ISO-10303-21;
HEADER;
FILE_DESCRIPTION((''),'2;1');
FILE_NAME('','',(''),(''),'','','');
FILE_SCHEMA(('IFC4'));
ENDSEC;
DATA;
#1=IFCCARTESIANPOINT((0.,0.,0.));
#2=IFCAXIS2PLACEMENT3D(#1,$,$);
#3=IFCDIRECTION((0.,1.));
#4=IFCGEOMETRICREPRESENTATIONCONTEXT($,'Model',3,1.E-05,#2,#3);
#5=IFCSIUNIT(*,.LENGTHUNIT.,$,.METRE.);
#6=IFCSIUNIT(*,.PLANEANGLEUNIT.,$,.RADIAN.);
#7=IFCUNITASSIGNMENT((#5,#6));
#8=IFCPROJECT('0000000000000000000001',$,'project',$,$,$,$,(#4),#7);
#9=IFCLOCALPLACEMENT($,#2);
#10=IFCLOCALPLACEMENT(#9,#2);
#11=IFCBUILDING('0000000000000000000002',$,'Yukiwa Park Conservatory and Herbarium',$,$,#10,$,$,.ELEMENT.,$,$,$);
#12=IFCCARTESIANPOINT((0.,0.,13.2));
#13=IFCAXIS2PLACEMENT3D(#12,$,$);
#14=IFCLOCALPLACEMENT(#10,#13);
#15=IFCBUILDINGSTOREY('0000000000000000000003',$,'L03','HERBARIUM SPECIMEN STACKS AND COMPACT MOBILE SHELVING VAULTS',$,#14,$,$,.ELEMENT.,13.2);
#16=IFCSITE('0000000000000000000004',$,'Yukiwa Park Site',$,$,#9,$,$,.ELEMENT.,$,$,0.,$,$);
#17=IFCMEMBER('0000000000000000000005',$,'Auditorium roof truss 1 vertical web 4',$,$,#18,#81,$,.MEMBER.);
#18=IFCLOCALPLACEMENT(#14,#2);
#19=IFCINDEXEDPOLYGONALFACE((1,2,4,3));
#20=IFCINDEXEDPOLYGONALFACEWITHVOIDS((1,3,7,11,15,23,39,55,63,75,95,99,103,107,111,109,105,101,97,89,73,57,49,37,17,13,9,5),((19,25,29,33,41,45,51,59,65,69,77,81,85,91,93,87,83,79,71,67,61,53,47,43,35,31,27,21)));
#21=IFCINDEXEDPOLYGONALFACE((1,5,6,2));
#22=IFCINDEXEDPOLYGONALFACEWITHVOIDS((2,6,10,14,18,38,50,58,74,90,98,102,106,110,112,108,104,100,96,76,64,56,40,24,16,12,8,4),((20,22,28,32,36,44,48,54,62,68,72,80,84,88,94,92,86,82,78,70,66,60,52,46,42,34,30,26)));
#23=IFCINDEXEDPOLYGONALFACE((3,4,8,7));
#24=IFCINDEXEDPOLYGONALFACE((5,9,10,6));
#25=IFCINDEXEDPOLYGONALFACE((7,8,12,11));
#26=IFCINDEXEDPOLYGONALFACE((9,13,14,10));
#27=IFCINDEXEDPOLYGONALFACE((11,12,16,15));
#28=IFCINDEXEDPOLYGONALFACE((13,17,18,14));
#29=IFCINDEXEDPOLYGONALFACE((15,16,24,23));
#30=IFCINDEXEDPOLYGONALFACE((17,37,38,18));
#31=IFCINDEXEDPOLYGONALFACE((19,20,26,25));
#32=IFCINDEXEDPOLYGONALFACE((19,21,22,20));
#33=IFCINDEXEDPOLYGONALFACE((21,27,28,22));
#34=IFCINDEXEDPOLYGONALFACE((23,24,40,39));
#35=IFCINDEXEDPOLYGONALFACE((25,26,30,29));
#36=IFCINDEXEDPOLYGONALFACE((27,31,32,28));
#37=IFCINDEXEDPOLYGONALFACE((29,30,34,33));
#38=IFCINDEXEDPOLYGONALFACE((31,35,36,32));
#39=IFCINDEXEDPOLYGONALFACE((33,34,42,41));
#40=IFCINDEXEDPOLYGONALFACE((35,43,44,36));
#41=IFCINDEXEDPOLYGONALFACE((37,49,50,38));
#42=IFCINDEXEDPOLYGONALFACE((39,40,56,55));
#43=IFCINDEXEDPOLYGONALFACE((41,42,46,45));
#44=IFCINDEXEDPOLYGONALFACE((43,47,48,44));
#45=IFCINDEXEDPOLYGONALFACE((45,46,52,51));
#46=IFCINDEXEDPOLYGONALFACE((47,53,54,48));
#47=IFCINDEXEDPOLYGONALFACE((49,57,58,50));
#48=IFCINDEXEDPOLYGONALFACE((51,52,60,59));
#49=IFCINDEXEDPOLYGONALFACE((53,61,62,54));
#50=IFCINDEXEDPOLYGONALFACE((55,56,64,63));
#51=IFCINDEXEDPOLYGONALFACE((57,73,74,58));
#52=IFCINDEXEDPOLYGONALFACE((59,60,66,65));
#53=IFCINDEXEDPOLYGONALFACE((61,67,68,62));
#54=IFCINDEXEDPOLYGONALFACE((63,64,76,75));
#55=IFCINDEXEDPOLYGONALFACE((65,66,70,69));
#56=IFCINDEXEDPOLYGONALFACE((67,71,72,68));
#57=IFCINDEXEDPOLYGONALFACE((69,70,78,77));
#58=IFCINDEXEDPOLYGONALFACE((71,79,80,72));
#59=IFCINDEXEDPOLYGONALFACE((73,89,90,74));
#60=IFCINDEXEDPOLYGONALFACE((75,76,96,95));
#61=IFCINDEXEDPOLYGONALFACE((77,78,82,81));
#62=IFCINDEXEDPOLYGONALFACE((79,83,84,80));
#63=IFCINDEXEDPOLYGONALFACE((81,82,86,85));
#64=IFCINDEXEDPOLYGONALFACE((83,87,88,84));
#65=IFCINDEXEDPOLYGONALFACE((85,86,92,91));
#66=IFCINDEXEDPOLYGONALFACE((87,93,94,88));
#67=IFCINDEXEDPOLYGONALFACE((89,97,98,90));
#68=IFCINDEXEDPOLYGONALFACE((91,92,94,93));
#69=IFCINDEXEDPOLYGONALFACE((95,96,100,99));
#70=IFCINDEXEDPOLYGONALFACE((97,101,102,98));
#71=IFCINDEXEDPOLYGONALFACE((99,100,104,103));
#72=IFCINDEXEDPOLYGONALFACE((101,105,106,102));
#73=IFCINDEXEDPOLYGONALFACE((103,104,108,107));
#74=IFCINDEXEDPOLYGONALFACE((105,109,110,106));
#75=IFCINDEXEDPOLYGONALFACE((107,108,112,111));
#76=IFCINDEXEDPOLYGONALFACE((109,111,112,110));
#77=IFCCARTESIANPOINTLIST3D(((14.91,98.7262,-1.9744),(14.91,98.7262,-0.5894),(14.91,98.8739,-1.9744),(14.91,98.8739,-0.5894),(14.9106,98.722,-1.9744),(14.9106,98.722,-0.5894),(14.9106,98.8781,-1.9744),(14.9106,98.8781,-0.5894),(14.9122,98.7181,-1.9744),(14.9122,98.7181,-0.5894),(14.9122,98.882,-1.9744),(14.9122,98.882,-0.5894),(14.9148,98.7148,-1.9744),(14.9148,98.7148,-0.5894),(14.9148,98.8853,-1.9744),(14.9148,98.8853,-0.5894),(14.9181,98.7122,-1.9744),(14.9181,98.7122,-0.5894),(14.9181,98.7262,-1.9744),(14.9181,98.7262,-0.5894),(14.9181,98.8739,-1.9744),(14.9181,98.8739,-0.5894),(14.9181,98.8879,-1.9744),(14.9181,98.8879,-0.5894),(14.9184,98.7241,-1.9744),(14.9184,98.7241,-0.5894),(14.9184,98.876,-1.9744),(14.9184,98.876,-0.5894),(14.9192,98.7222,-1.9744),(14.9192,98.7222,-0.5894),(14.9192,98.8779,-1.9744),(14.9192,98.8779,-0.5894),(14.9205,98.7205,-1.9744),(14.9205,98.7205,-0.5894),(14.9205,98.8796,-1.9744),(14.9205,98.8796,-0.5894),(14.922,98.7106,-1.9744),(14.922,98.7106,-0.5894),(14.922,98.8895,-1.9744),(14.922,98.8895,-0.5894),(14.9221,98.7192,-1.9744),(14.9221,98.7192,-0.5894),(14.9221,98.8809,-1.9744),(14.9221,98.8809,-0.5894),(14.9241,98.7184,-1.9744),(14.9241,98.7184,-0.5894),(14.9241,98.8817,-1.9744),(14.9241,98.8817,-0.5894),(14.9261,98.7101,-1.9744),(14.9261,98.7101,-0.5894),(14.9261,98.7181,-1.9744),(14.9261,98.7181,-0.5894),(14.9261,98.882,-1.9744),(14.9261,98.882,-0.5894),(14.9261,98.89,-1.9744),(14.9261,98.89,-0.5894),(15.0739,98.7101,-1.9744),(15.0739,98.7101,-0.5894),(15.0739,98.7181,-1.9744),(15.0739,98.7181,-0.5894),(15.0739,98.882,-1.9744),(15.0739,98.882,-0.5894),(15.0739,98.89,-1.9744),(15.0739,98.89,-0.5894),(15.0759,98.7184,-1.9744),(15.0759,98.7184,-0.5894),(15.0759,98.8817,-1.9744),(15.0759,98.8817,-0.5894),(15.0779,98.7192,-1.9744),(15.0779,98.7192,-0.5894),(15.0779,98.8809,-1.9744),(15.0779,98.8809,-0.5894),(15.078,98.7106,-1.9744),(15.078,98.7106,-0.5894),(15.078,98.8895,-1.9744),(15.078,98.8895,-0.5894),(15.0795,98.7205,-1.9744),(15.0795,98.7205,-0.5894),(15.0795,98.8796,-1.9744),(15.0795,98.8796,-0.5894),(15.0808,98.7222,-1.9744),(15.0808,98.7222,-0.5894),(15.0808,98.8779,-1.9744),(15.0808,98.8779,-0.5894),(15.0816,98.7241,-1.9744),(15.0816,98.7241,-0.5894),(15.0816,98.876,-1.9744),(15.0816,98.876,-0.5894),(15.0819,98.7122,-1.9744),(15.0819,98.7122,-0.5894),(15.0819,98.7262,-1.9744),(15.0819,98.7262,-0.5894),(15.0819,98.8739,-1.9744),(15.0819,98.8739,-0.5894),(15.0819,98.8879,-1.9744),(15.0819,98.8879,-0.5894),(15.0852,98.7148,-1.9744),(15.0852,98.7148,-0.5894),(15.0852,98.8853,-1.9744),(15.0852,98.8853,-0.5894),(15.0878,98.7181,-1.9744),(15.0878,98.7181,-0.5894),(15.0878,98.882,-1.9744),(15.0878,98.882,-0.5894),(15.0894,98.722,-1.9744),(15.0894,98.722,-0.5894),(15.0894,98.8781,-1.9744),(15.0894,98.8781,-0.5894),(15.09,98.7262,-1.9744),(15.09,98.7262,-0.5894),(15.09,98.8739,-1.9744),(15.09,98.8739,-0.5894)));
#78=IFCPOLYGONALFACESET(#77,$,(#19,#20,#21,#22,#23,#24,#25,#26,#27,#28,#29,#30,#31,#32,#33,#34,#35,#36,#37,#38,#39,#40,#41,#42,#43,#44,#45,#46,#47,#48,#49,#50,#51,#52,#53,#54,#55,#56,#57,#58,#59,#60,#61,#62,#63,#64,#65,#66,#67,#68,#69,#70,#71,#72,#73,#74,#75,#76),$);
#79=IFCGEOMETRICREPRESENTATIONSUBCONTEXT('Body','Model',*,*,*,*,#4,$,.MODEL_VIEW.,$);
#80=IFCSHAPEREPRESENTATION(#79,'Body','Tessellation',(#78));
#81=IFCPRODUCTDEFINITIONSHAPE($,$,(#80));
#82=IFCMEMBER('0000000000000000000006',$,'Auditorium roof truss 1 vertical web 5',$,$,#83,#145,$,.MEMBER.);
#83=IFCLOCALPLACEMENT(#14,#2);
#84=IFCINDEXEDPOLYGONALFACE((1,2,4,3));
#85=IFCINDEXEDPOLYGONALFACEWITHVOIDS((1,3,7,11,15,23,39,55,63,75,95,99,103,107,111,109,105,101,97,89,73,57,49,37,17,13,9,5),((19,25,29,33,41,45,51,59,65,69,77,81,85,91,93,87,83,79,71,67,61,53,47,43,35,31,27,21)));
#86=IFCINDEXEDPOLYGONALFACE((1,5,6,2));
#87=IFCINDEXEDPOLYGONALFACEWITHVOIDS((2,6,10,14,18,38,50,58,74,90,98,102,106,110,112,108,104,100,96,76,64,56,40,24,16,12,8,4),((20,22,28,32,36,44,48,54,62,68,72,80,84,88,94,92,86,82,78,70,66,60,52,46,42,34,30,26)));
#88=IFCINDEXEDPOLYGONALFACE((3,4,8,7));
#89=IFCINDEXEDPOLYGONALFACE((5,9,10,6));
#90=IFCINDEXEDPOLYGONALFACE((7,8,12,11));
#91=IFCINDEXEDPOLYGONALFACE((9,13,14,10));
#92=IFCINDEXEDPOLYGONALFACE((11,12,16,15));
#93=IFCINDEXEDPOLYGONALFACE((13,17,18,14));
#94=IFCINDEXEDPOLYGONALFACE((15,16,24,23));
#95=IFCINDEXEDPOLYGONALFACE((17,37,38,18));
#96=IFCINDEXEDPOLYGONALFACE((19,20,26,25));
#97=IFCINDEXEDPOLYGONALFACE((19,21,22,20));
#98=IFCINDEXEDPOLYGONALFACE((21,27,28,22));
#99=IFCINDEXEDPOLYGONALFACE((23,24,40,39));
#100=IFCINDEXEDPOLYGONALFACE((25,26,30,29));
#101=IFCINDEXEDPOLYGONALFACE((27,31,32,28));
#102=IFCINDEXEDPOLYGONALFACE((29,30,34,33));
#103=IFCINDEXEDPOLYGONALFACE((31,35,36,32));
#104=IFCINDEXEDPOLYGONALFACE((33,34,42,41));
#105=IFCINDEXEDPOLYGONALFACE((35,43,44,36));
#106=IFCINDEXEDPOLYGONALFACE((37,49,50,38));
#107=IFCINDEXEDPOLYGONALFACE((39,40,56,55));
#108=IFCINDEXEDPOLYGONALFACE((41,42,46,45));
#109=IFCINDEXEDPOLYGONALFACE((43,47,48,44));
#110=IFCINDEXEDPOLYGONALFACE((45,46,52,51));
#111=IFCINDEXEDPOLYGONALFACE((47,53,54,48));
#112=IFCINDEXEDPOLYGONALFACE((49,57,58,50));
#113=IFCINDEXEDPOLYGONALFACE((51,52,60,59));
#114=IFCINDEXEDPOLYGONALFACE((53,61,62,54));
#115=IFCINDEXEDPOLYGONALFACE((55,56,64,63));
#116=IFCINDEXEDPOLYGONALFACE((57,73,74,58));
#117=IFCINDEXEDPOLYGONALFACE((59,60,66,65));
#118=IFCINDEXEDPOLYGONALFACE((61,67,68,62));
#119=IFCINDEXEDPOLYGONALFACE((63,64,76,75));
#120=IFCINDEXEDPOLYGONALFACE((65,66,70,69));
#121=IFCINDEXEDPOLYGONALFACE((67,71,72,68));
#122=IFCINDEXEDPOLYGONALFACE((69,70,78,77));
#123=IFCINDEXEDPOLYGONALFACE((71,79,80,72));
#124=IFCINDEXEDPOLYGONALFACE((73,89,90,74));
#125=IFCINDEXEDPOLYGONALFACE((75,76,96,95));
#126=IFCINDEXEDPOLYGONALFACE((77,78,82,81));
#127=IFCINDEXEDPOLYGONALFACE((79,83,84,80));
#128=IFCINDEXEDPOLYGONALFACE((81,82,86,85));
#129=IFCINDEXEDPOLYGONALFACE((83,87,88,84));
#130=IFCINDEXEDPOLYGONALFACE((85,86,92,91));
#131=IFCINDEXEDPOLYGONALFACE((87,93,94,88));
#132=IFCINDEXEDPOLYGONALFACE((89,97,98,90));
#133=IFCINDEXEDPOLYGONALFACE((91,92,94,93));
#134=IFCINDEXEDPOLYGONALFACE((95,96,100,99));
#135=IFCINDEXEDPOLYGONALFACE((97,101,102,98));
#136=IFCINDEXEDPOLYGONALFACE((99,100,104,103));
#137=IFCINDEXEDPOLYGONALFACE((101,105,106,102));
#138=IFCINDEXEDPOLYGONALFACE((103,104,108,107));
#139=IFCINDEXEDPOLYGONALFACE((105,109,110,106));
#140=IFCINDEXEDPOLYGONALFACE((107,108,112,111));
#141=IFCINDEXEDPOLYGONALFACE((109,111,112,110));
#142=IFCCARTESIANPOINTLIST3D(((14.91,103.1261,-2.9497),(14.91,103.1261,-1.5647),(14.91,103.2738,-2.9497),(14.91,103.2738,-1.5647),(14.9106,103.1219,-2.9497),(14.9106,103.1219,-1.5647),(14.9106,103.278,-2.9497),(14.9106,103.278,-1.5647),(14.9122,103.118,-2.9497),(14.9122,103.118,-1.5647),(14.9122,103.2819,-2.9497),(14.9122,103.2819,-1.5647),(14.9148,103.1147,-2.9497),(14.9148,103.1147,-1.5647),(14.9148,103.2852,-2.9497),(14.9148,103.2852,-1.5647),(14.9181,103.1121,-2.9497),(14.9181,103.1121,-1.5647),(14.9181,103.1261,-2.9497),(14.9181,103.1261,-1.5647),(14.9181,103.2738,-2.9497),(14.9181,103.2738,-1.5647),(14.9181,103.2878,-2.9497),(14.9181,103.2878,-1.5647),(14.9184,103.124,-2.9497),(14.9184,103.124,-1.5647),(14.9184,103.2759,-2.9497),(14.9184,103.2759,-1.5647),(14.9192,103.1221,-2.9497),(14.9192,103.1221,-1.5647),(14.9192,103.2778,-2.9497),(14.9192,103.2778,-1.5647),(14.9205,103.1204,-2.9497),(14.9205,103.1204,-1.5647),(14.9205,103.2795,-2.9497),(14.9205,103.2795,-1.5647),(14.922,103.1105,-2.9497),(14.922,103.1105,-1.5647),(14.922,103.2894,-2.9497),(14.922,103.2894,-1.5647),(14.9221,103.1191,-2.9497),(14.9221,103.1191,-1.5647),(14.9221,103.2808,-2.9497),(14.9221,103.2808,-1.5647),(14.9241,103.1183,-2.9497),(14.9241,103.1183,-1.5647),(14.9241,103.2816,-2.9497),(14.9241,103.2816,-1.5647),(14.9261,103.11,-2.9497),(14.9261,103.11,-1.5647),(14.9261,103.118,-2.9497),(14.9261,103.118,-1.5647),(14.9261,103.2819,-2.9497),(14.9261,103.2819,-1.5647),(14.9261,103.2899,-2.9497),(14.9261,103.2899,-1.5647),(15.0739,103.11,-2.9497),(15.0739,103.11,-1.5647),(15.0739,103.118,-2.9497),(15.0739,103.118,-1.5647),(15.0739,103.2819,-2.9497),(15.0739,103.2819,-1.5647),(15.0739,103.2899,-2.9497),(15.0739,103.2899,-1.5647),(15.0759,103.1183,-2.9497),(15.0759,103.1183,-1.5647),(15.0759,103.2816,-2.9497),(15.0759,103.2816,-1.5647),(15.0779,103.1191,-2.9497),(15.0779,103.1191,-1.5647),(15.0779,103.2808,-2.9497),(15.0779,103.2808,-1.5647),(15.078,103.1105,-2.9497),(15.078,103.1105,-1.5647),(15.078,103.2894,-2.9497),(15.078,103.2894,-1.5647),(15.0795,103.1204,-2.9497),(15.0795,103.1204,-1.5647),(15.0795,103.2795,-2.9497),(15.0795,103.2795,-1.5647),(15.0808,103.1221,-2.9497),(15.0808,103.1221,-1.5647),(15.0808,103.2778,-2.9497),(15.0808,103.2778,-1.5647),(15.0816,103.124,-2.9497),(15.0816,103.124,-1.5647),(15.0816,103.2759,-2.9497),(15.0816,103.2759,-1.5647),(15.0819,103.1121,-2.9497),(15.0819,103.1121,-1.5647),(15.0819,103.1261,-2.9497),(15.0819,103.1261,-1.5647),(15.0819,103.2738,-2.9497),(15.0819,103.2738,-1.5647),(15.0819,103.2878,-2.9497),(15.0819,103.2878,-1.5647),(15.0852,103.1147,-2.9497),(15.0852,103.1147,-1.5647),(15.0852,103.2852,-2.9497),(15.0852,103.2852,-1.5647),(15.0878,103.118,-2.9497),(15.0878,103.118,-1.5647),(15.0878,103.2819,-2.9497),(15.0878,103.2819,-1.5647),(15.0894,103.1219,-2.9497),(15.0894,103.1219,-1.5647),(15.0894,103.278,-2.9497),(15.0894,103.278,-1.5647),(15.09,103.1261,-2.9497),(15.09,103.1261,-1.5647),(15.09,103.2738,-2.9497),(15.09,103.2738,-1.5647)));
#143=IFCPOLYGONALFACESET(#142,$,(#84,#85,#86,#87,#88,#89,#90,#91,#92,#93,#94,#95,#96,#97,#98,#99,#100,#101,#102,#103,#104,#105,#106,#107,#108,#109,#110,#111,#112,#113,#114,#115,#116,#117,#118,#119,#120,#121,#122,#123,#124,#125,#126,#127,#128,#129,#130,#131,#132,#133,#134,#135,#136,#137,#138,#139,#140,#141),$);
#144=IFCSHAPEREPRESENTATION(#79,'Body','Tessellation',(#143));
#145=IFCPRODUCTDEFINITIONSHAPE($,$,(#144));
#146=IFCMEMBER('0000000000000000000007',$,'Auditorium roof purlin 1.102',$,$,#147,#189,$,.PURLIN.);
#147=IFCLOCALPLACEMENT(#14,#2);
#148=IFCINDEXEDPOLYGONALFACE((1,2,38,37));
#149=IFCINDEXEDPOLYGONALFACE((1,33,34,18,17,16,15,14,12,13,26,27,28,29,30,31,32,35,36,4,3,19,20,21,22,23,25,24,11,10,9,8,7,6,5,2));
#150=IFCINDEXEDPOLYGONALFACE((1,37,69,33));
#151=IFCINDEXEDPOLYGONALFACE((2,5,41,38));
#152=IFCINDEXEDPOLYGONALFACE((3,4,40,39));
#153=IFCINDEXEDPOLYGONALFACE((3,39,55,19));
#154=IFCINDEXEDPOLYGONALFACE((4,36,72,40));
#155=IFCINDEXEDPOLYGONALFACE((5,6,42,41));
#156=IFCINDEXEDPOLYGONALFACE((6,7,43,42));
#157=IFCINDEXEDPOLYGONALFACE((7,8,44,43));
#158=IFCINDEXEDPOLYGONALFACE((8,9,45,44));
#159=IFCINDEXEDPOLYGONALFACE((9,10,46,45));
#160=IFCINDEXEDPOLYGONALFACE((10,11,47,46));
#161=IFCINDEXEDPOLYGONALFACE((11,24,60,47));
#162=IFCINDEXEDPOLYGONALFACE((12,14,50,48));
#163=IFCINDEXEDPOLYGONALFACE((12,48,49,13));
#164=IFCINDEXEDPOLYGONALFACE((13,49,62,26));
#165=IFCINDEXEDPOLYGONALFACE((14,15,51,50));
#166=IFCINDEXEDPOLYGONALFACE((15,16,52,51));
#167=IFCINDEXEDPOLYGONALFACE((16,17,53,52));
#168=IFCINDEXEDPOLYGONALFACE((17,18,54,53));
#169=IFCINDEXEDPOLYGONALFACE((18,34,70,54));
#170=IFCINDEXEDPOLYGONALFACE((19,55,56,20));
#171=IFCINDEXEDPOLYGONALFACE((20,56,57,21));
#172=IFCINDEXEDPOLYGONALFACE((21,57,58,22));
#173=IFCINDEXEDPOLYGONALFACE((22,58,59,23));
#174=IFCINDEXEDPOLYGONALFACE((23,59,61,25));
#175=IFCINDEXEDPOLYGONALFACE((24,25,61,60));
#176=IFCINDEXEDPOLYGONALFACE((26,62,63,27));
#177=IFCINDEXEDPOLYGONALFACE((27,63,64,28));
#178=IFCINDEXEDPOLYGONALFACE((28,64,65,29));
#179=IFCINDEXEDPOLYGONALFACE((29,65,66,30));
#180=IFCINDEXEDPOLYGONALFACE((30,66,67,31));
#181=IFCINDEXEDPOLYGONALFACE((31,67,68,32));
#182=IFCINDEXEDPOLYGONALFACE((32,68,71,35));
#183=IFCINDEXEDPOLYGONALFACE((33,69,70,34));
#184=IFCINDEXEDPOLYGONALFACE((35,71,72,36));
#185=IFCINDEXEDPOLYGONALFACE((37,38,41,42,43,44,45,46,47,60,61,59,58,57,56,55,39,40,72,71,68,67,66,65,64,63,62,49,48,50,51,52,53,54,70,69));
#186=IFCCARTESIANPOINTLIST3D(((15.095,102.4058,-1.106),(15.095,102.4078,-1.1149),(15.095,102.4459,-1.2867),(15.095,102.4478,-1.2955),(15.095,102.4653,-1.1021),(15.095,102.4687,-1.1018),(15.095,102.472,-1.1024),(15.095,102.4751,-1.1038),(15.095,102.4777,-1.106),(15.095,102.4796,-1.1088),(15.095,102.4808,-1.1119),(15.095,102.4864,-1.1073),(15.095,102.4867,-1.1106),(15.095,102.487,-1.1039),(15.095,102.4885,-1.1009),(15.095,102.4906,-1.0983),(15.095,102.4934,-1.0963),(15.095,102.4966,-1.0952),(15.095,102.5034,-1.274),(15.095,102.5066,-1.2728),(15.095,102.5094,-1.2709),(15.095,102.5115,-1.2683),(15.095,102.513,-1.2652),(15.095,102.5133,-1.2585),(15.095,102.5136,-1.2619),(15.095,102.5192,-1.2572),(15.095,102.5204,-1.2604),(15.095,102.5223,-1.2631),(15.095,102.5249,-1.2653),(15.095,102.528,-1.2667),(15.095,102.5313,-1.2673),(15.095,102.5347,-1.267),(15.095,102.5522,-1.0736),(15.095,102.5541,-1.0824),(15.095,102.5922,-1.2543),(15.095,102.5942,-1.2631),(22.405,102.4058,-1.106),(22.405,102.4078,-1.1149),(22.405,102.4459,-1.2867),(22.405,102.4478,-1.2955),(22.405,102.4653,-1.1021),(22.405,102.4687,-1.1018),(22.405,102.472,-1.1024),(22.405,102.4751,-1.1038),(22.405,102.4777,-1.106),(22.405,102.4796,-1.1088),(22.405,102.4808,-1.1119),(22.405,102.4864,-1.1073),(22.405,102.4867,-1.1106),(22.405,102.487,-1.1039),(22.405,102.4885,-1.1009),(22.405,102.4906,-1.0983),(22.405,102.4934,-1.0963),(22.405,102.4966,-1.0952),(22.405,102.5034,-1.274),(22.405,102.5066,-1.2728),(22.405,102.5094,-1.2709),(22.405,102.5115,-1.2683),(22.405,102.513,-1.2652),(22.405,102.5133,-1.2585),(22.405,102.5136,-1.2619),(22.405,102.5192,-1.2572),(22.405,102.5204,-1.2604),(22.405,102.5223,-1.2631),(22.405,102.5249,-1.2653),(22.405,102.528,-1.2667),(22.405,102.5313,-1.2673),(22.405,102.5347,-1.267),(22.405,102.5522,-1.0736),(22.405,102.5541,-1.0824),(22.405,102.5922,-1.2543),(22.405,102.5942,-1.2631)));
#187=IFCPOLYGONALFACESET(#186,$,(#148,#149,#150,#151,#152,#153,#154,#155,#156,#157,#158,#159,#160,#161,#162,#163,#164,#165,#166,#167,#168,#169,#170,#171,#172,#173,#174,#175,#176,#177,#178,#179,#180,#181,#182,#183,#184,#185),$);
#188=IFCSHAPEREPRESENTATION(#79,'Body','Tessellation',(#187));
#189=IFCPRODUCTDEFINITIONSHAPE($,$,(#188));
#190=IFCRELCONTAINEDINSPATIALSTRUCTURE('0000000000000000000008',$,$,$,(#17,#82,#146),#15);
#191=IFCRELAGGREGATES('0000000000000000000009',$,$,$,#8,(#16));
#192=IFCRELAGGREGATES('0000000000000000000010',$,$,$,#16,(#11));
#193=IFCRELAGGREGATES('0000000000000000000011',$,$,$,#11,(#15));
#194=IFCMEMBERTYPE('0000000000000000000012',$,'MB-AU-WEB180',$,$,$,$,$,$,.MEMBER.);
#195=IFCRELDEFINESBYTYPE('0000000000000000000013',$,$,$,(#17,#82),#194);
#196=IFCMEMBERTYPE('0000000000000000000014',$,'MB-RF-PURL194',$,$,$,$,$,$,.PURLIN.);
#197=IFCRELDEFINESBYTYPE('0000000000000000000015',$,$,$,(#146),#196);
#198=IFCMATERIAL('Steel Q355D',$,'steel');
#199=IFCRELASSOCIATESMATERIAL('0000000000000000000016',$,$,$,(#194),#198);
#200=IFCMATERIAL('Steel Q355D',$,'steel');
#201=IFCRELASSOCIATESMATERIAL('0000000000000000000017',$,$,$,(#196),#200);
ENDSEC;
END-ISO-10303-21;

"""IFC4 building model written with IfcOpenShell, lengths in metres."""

from ifc_helpers import new_model, si_unit, direction, frame, origin, origin_2d, place, context, subcontext, project, spatial, hollow_rectangle, i_section, extrude, material, material_profile, profile_set, type_object, element, save


model = new_model("IFC4")

# Units and contexts
model_context = context("Model", 3, precision=1e-05, world=origin(), true_north=direction((0.0, 1.0)))
body_context = subcontext(model_context, "Body", "Model", "MODEL_VIEW")
ifc_project = project(units=[si_unit("LENGTHUNIT", "METRE"), si_unit("PLANEANGLEUNIT", "RADIAN")], contexts=[model_context])

# Site, building, storey
site_placement = place(None, origin())
site = spatial("IfcSite", under=ifc_project, at=site_placement, Name="Yukiwa Park Site", CompositionType="ELEMENT", RefElevation=0.0)
building_placement = place(site_placement, origin())
building = spatial("IfcBuilding", under=site, at=building_placement, Name="Yukiwa Park Conservatory and Herbarium", CompositionType="ELEMENT")
storey_placement = place(building_placement, frame((0.0, 0.0, 13.2)))
storey = spatial("IfcBuildingStorey", under=building, at=storey_placement, Name="L03", Description="HERBARIUM SPECIMEN STACKS AND COMPACT MOBILE SHELVING VAULTS", CompositionType="ELEMENT", Elevation=13.2)

# Members
ifc_material_1 = material(Name="Steel Q355D", Category="steel")
ifc_material_profile_1 = material_profile(ifc_material_1, hollow_rectangle(XDim=0.1799, YDim=0.1799, WallThickness=0.0081, InnerFilletRadius=0.0081, OuterFilletRadius=0.0161, at=origin_2d()), Name="SHS 180x180x8")
ifc_profile_set_1 = profile_set([ifc_material_profile_1], Name="Steel Q355D")
member_type_1 = type_object("IfcMemberType", Name="MB-AU-WEB180", PredefinedType="MEMBER", material=ifc_profile_set_1)
for number, where, z_axis, x_axis, name in (
    (1, (15.0, 98.8, -1.9744), (0.0, 0.0, 1.0), (1.0, 0.0, 0.0), "Auditorium roof truss 1 vertical web 4"),
    (2, (15.0, 103.2, -2.9497), (0.0, 0.0, 1.0), (1.0, 0.0, 0.0), "Auditorium roof truss 1 vertical web 5"),
):
    element("IfcMember", number, at=place(storey_placement, frame(where, z_axis=z_axis, x_axis=x_axis)), inside=storey, type_object=member_type_1, Name=name, PredefinedType="MEMBER", context=body_context, shape_type="SweptSolid", body=[
        extrude(hollow_rectangle(XDim=0.1799, YDim=0.1799, WallThickness=0.0081, InnerFilletRadius=0.0081, OuterFilletRadius=0.0161, at=origin_2d()), origin(), (0.0, 0.0, 1.0), 1.385),
    ])
ifc_material_2 = material(Name="Steel Q355D", Category="steel")
ifc_material_profile_2 = material_profile(ifc_material_2, i_section(OverallWidth=0.1499, OverallDepth=0.1941, WebThickness=0.0061, FlangeThickness=0.009, FilletRadius=0.0129, at=origin_2d()), Name="HM 194x150x6x9")
ifc_profile_set_2 = profile_set([ifc_material_profile_2], Name="Steel Q355D")
member_type_2 = type_object("IfcMemberType", Name="MB-RF-PURL194", PredefinedType="PURLIN", material=ifc_profile_set_2)
for number, where, z_axis, x_axis, name in (
    (3, (15.095, 102.5, -1.1846), (1.0, 0.0, 0.0), (0.0, 0.976296, 0.21644), "Auditorium roof purlin 1.102"),
):
    element("IfcMember", number, at=place(storey_placement, frame(where, z_axis=z_axis, x_axis=x_axis)), inside=storey, type_object=member_type_2, Name=name, PredefinedType="PURLIN", context=body_context, shape_type="SweptSolid", body=[
        extrude(i_section(OverallWidth=0.1499, OverallDepth=0.1941, WebThickness=0.0061, FlangeThickness=0.009, FilletRadius=0.0129, at=origin_2d()), origin(), (0.0, 0.0, 1.0), 7.3101),
    ])

save(model, "model.ifc")
